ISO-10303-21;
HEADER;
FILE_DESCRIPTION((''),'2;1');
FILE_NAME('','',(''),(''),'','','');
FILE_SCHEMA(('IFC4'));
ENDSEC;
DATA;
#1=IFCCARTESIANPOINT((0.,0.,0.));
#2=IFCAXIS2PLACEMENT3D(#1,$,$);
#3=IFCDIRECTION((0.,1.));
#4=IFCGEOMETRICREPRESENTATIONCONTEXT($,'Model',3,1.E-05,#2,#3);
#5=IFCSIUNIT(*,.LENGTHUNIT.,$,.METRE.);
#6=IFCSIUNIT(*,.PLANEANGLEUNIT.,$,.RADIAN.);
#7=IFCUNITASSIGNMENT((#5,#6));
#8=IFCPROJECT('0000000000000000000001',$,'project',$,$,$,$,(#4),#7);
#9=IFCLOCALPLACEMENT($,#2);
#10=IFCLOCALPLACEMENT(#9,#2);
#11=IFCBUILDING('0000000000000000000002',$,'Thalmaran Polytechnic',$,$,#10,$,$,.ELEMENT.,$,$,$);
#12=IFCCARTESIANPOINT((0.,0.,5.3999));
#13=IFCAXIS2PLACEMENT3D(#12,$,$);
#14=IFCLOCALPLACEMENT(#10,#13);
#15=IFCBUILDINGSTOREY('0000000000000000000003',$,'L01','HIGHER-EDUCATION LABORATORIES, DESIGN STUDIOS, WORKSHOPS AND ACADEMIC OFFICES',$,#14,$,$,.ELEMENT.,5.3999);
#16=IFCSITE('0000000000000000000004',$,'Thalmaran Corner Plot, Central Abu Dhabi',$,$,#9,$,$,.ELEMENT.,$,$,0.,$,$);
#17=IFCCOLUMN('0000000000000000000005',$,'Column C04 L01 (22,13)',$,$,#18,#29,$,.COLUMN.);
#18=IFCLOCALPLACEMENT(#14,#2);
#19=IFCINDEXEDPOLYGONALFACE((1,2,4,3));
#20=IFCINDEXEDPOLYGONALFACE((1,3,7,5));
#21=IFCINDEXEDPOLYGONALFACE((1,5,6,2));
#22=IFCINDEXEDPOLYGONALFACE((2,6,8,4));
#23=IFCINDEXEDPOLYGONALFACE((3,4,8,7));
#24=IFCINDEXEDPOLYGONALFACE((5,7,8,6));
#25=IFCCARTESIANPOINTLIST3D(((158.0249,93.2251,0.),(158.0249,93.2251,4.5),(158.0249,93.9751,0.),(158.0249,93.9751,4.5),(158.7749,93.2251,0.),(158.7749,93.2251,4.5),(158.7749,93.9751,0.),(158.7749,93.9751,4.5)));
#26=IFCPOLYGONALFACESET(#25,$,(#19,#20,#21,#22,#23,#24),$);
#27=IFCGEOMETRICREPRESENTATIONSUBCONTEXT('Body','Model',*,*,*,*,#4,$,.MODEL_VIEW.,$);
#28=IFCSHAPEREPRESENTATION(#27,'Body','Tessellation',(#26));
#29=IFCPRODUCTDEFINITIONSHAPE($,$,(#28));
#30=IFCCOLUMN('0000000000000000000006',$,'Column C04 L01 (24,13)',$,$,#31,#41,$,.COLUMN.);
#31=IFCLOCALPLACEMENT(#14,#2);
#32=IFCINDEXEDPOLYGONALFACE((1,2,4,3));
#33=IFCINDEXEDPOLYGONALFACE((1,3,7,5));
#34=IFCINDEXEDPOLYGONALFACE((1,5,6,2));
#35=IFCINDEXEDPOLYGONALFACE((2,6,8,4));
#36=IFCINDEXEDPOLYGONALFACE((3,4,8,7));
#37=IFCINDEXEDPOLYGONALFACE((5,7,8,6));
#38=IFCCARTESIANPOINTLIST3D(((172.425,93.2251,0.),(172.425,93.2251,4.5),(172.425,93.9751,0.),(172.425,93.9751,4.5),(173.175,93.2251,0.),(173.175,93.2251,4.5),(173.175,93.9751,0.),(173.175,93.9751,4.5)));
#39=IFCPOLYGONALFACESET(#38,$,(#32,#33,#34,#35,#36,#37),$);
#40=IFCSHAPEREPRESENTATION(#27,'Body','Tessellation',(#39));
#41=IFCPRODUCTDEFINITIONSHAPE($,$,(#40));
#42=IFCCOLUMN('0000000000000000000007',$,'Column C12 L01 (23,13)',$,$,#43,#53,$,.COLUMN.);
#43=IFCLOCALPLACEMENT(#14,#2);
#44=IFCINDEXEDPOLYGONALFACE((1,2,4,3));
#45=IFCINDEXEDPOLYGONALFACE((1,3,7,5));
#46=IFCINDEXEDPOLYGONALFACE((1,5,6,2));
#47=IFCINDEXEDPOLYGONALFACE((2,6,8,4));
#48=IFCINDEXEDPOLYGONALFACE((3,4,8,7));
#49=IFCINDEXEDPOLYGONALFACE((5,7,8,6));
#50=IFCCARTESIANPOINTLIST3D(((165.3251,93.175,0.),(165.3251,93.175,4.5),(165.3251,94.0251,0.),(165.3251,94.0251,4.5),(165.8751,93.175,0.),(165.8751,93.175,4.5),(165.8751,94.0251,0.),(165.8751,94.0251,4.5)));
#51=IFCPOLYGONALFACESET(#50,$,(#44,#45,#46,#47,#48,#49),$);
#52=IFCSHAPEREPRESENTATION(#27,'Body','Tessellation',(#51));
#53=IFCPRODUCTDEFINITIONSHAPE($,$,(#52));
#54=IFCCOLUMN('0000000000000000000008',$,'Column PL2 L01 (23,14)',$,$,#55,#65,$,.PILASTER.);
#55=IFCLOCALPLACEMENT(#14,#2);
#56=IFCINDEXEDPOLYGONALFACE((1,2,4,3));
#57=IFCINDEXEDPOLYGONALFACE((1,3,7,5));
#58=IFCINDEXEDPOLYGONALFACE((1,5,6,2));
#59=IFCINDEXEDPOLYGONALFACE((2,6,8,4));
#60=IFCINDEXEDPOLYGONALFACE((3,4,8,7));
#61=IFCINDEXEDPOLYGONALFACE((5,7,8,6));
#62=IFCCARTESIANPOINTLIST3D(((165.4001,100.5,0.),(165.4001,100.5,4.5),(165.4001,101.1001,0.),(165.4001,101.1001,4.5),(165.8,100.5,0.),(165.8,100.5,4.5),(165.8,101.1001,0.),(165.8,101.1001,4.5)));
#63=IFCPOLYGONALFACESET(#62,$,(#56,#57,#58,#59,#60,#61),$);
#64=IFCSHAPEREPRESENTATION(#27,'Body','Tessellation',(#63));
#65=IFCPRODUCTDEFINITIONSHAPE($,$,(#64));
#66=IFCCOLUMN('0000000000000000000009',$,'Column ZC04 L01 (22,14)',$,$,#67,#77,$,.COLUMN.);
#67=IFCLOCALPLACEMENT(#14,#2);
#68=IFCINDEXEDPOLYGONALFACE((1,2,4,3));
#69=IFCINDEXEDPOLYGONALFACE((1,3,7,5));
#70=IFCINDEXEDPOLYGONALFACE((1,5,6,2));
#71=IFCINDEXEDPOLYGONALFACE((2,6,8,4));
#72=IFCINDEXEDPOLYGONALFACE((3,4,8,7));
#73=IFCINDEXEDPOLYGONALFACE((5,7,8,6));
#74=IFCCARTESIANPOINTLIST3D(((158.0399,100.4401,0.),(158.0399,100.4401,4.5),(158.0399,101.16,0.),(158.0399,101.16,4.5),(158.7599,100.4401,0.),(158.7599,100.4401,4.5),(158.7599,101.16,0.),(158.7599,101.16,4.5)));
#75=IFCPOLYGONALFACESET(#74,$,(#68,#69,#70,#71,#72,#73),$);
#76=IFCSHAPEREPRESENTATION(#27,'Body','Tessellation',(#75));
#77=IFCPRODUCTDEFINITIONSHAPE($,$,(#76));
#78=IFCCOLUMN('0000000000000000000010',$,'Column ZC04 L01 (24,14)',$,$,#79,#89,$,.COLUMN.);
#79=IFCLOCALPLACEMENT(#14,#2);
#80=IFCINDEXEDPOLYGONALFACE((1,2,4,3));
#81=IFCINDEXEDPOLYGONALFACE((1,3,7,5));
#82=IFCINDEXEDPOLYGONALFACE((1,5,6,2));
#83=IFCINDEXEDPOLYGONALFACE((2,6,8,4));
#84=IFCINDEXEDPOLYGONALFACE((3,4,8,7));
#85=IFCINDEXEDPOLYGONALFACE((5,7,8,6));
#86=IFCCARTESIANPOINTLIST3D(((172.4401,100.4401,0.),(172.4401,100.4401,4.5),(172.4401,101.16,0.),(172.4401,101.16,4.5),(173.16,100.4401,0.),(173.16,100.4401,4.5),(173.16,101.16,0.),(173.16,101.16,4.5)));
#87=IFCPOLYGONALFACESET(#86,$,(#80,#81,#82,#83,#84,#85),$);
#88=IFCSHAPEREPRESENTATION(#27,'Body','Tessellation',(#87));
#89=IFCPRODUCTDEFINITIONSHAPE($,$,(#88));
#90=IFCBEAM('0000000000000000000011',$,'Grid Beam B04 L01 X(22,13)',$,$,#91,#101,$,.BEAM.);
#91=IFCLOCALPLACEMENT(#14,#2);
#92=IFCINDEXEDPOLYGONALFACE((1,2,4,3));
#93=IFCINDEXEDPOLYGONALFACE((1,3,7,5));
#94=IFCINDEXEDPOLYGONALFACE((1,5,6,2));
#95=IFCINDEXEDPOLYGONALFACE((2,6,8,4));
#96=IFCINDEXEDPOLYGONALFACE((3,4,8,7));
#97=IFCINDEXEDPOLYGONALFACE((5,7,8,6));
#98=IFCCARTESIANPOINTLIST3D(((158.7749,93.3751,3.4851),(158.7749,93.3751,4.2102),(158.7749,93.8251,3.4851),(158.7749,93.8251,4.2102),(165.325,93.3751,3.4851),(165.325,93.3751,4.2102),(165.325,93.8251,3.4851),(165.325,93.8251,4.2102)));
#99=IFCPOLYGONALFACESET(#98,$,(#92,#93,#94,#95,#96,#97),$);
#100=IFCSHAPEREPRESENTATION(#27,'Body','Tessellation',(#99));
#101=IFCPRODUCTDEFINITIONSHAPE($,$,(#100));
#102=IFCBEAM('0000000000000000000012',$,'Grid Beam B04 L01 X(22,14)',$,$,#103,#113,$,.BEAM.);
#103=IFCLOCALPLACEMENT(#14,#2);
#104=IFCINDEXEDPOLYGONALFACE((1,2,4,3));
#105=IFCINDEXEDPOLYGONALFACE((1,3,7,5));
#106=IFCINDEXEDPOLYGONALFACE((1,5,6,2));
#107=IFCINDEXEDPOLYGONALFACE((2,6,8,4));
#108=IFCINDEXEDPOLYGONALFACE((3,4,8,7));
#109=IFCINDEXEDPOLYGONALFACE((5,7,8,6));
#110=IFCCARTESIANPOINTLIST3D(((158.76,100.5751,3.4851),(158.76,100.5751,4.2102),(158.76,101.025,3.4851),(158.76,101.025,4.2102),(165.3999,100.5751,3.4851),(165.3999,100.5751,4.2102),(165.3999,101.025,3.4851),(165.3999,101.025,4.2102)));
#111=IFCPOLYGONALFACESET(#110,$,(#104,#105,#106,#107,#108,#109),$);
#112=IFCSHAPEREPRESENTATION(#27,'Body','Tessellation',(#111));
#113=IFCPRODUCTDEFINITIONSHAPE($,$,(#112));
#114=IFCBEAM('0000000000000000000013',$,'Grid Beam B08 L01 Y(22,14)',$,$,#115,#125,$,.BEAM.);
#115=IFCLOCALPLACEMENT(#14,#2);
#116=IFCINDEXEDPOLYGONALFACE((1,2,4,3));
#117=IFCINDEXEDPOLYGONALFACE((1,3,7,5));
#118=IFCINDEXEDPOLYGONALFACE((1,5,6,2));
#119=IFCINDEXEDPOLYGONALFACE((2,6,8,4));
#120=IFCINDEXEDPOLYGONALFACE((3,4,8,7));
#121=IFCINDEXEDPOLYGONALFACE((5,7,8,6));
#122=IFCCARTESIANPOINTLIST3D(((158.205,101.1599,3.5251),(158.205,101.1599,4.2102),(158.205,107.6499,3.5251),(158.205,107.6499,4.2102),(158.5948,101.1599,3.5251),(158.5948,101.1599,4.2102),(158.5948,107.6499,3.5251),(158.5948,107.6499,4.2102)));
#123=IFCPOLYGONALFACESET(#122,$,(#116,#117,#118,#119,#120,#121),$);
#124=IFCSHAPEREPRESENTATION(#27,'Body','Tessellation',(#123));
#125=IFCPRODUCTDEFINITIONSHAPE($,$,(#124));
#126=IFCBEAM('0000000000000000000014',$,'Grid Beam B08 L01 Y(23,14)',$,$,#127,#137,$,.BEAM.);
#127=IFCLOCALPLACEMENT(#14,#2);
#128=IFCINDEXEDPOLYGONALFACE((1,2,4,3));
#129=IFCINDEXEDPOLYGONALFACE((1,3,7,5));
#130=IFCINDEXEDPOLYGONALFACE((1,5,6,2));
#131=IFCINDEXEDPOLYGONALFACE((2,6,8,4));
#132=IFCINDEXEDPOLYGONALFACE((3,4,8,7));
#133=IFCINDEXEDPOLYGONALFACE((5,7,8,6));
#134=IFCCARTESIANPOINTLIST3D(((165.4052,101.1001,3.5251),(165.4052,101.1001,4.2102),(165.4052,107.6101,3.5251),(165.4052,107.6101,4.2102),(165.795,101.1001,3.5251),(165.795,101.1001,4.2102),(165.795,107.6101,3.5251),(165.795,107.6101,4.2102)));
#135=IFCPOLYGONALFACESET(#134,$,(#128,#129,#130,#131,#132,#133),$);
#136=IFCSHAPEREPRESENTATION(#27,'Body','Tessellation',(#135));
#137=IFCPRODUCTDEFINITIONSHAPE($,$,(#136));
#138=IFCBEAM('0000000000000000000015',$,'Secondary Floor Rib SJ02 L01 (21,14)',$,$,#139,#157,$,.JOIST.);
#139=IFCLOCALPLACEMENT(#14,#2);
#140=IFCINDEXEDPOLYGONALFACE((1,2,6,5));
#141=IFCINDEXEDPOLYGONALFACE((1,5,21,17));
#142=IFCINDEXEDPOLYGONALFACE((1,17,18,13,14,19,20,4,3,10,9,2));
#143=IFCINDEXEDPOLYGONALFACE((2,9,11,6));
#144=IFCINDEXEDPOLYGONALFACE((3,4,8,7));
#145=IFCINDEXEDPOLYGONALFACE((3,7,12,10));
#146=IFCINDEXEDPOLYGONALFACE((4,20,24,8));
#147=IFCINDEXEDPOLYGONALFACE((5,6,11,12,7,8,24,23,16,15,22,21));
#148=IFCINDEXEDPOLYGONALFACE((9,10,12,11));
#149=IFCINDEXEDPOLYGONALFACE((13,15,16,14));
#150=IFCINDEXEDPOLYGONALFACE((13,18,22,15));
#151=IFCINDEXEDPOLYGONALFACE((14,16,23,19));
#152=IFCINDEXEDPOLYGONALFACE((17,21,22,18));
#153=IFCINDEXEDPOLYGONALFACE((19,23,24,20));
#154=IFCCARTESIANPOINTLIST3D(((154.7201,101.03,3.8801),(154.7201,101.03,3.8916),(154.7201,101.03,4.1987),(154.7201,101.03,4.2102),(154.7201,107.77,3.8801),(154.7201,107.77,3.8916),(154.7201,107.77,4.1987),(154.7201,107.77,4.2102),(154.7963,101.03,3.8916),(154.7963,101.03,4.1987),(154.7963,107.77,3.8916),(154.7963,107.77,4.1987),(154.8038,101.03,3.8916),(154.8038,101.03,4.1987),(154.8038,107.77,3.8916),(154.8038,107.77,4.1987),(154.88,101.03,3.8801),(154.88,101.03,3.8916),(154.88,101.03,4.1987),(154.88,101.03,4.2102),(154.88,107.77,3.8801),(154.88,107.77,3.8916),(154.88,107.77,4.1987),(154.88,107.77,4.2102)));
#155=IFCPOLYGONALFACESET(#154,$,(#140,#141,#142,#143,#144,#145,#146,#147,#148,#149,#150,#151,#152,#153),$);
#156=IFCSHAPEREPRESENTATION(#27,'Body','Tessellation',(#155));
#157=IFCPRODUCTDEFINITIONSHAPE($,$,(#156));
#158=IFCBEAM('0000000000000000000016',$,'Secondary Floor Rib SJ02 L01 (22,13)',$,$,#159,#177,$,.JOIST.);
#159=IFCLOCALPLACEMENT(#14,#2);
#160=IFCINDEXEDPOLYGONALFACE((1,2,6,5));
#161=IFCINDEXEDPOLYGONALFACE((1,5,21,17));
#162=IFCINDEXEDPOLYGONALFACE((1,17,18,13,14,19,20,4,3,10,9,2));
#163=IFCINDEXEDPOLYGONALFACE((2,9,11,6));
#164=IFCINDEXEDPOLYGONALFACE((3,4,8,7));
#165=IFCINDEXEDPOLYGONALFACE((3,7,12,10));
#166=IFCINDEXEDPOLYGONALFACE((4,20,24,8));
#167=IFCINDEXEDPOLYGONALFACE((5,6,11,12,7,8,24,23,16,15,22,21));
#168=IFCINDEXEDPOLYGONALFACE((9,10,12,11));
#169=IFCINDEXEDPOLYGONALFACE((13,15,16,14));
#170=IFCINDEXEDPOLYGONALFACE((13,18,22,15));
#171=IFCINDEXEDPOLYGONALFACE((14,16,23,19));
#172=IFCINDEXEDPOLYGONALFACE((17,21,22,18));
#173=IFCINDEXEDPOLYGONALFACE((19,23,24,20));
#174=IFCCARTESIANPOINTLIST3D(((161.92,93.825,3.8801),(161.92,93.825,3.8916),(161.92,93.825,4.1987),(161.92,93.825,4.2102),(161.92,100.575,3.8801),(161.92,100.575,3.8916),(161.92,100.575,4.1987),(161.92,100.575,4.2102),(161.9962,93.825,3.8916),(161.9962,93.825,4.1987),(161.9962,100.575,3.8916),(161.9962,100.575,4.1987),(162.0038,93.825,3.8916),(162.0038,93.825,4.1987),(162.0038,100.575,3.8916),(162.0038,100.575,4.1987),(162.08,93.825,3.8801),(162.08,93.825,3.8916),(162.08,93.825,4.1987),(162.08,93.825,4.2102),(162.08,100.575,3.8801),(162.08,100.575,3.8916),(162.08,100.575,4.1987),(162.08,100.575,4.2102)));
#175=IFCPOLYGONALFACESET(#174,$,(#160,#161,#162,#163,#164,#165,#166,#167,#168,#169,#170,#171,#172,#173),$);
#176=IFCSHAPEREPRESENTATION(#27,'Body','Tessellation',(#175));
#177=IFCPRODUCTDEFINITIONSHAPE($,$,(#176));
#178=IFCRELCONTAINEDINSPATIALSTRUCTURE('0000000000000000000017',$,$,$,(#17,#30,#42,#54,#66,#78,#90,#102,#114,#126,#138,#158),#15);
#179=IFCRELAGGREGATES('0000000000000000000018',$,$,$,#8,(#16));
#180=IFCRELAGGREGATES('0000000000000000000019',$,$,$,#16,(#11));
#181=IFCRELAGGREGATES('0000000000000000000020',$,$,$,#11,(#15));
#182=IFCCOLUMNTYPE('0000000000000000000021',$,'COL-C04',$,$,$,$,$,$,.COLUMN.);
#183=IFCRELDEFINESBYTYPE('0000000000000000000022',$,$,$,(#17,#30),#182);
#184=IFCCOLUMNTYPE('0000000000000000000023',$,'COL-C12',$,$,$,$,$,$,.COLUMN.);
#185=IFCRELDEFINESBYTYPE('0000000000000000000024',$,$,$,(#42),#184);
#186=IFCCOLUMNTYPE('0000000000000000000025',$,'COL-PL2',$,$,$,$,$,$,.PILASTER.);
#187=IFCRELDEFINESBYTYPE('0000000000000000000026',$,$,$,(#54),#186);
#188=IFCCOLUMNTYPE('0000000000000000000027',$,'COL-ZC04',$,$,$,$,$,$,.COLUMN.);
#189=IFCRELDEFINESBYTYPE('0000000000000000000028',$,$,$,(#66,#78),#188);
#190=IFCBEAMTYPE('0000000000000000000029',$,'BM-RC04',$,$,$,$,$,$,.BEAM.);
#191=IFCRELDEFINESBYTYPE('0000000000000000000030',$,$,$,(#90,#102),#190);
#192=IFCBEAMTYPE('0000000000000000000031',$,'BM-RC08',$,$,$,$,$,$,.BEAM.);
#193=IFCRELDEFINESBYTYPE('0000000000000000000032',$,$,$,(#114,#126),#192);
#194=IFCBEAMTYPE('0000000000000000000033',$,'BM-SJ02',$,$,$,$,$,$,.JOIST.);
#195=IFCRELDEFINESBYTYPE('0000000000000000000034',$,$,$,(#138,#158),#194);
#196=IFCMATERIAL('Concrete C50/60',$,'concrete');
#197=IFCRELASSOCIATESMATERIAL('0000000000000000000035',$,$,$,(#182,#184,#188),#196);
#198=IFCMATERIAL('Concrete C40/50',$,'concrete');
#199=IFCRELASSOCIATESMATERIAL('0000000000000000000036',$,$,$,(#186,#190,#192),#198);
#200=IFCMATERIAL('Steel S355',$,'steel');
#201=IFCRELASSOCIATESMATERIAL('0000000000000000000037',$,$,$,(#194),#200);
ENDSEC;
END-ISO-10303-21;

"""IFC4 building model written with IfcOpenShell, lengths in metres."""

from ifc_helpers import new_model, si_unit, direction, frame, origin, origin_2d, place, context, subcontext, project, spatial, rectangle, i_section, extrude, material, material_profile, profile_set, type_object, element, save


model = new_model("IFC4")

# Units and contexts
model_context = context("Model", 3, precision=1e-05, world=origin(), true_north=direction((0.0, 1.0)))
body_context = subcontext(model_context, "Body", "Model", "MODEL_VIEW")
ifc_project = project(units=[si_unit("LENGTHUNIT", "METRE"), si_unit("PLANEANGLEUNIT", "RADIAN")], contexts=[model_context])

# Site, building, storey
site_placement = place(None, origin())
site = spatial("IfcSite", under=ifc_project, at=site_placement, Name="Thalmaran Corner Plot, Central Abu Dhabi", CompositionType="ELEMENT", RefElevation=0.0)
building_placement = place(site_placement, origin())
building = spatial("IfcBuilding", under=site, at=building_placement, Name="Thalmaran Polytechnic", CompositionType="ELEMENT")
storey_placement = place(building_placement, frame((0.0, 0.0, 5.3999)))
storey = spatial("IfcBuildingStorey", under=building, at=storey_placement, Name="L01", Description="HIGHER-EDUCATION LABORATORIES, DESIGN STUDIOS, WORKSHOPS AND ACADEMIC OFFICES", CompositionType="ELEMENT", Elevation=5.3999)

# Columns
ifc_material_1 = material(Name="Concrete C50/60", Category="concrete")
ifc_material_profile_1 = material_profile(ifc_material_1, rectangle(XDim=0.75, YDim=0.75, at=origin_2d()), Name="RC 750x750")
ifc_profile_set_1 = profile_set([ifc_material_profile_1], Name="Concrete C50/60")
column_type_1 = type_object("IfcColumnType", Name="COL-C04", PredefinedType="COLUMN", material=ifc_profile_set_1)
for number, where, z_axis, x_axis, name in (
    (1, (158.3999, 93.6001, 0.0), (0.0, 0.0, 1.0), (1.0, 0.0, 0.0), "Column C04 L01 (22,13)"),
    (2, (172.8, 93.6001, 0.0), (0.0, 0.0, 1.0), (1.0, 0.0, 0.0), "Column C04 L01 (24,13)"),
):
    element("IfcColumn", number, at=place(storey_placement, frame(where, z_axis=z_axis, x_axis=x_axis)), inside=storey, type_object=column_type_1, Name=name, PredefinedType="COLUMN", context=body_context, shape_type="SweptSolid", body=[
        extrude(rectangle(XDim=0.75, YDim=0.75, at=origin_2d()), origin(), (0.0, 0.0, 1.0), 4.5),
    ])
ifc_material_profile_2 = material_profile(ifc_material_1, rectangle(XDim=0.55, YDim=0.8501, at=origin_2d()), Name="RC 550x850")
ifc_profile_set_2 = profile_set([ifc_material_profile_2], Name="Concrete C50/60")
column_type_2 = type_object("IfcColumnType", Name="COL-C12", PredefinedType="COLUMN", material=ifc_profile_set_2)
column_1_placement = place(storey_placement, frame((165.6001, 93.6001, 0.0), z_axis=(0.0, 0.0, 1.0), x_axis=(1.0, 0.0, 0.0)))
element("IfcColumn", 3, at=column_1_placement, inside=storey, type_object=column_type_2, Name="Column C12 L01 (23,13)", PredefinedType="COLUMN", context=body_context, shape_type="SweptSolid", body=[
    extrude(rectangle(XDim=0.55, YDim=0.8501, at=origin_2d()), origin(), (0.0, 0.0, 1.0), 4.5),
])
ifc_material_2 = material(Name="Concrete C40/50", Category="concrete")
ifc_material_profile_3 = material_profile(ifc_material_2, rectangle(XDim=0.3999, YDim=0.6001, at=origin_2d()), Name="RC 400x600")
ifc_profile_set_3 = profile_set([ifc_material_profile_3], Name="Concrete C40/50")
column_type_3 = type_object("IfcColumnType", Name="COL-PL2", PredefinedType="PILASTER", material=ifc_profile_set_3)
column_2_placement = place(storey_placement, frame((165.6001, 100.8, 0.0), z_axis=(0.0, 0.0, 1.0), x_axis=(1.0, 0.0, 0.0)))
element("IfcColumn", 4, at=column_2_placement, inside=storey, type_object=column_type_3, Name="Column PL2 L01 (23,14)", PredefinedType="PILASTER", context=body_context, shape_type="SweptSolid", body=[
    extrude(rectangle(XDim=0.3999, YDim=0.6001, at=origin_2d()), origin(), (0.0, 0.0, 1.0), 4.5),
])
ifc_material_profile_4 = material_profile(ifc_material_1, rectangle(XDim=0.72, YDim=0.72, at=origin_2d()), Name="RC 720x720")
ifc_profile_set_4 = profile_set([ifc_material_profile_4], Name="Concrete C50/60")
column_type_4 = type_object("IfcColumnType", Name="COL-ZC04", PredefinedType="COLUMN", material=ifc_profile_set_4)
for number, where, z_axis, x_axis, name in (
    (5, (158.3999, 100.8, 0.0), (0.0, 0.0, 1.0), (1.0, 0.0, 0.0), "Column ZC04 L01 (22,14)"),
    (6, (172.8, 100.8, 0.0), (0.0, 0.0, 1.0), (1.0, 0.0, 0.0), "Column ZC04 L01 (24,14)"),
):
    element("IfcColumn", number, at=place(storey_placement, frame(where, z_axis=z_axis, x_axis=x_axis)), inside=storey, type_object=column_type_4, Name=name, PredefinedType="COLUMN", context=body_context, shape_type="SweptSolid", body=[
        extrude(rectangle(XDim=0.72, YDim=0.72, at=origin_2d()), origin(), (0.0, 0.0, 1.0), 4.5),
    ])

# Beams
ifc_material_profile_5 = material_profile(ifc_material_2, rectangle(XDim=0.45, YDim=0.7251, at=origin_2d()), Name="RC 450x725")
ifc_profile_set_5 = profile_set([ifc_material_profile_5], Name="Concrete C40/50")
beam_type_1 = type_object("IfcBeamType", Name="BM-RC04", PredefinedType="BEAM", material=ifc_profile_set_5)
beam_1_placement = place(storey_placement, frame((158.7749, 93.6001, 3.8477), z_axis=(1.0, 0.0, 0.0), x_axis=(0.0, 1.0, 0.0)))
element("IfcBeam", 7, at=beam_1_placement, inside=storey, type_object=beam_type_1, Name="Grid Beam B04 L01 X(22,13)", PredefinedType="BEAM", context=body_context, shape_type="SweptSolid", body=[
    extrude(rectangle(XDim=0.45, YDim=0.7251, at=origin_2d()), origin(), (0.0, 0.0, 1.0), 6.55),
])
beam_2_placement = place(storey_placement, frame((158.76, 100.8, 3.8477), z_axis=(1.0, 0.0, 0.0), x_axis=(0.0, 1.0, 0.0)))
element("IfcBeam", 8, at=beam_2_placement, inside=storey, type_object=beam_type_1, Name="Grid Beam B04 L01 X(22,14)", PredefinedType="BEAM", context=body_context, shape_type="SweptSolid", body=[
    extrude(rectangle(XDim=0.45, YDim=0.7251, at=origin_2d()), origin(), (0.0, 0.0, 1.0), 6.6399),
])
ifc_material_profile_6 = material_profile(ifc_material_2, rectangle(XDim=0.3899, YDim=0.6851, at=origin_2d()), Name="RC 390x685")
ifc_profile_set_6 = profile_set([ifc_material_profile_6], Name="Concrete C40/50")
beam_type_2 = type_object("IfcBeamType", Name="BM-RC08", PredefinedType="BEAM", material=ifc_profile_set_6)
beam_3_placement = place(storey_placement, frame((158.3999, 101.1599, 3.8677), z_axis=(0.0, 1.0, 0.0), x_axis=(-1.0, 0.0, 0.0)))
element("IfcBeam", 9, at=beam_3_placement, inside=storey, type_object=beam_type_2, Name="Grid Beam B08 L01 Y(22,14)", PredefinedType="BEAM", context=body_context, shape_type="SweptSolid", body=[
    extrude(rectangle(XDim=0.3899, YDim=0.6851, at=origin_2d()), origin(), (0.0, 0.0, 1.0), 6.49),
])
beam_4_placement = place(storey_placement, frame((165.6001, 101.1001, 3.8677), z_axis=(0.0, 1.0, 0.0), x_axis=(-1.0, 0.0, 0.0)))
element("IfcBeam", 10, at=beam_4_placement, inside=storey, type_object=beam_type_2, Name="Grid Beam B08 L01 Y(23,14)", PredefinedType="BEAM", context=body_context, shape_type="SweptSolid", body=[
    extrude(rectangle(XDim=0.3899, YDim=0.6851, at=origin_2d()), origin(), (0.0, 0.0, 1.0), 6.51),
])
ifc_material_3 = material(Name="Steel S355", Category="steel")
ifc_material_profile_7 = material_profile(ifc_material_3, i_section(OverallWidth=0.1599, OverallDepth=0.3301, WebThickness=0.0076, FlangeThickness=0.0115, at=origin_2d()), Name="IPE 330")
ifc_profile_set_7 = profile_set([ifc_material_profile_7], Name="Steel S355")
beam_type_3 = type_object("IfcBeamType", Name="BM-SJ02", PredefinedType="JOIST", material=ifc_profile_set_7)
beam_5_placement = place(storey_placement, frame((154.8, 101.03, 4.0452), z_axis=(0.0, 1.0, 0.0), x_axis=(-1.0, 0.0, 0.0)))
element("IfcBeam", 11, at=beam_5_placement, inside=storey, type_object=beam_type_3, Name="Secondary Floor Rib SJ02 L01 (21,14)", PredefinedType="JOIST", context=body_context, shape_type="SweptSolid", body=[
    extrude(i_section(OverallWidth=0.1599, OverallDepth=0.3301, WebThickness=0.0076, FlangeThickness=0.0115, at=origin_2d()), origin(), (0.0, 0.0, 1.0), 6.74),
])
beam_6_placement = place(storey_placement, frame((162.0, 93.825, 4.0452), z_axis=(0.0, 1.0, 0.0), x_axis=(-1.0, 0.0, 0.0)))
element("IfcBeam", 12, at=beam_6_placement, inside=storey, type_object=beam_type_3, Name="Secondary Floor Rib SJ02 L01 (22,13)", PredefinedType="JOIST", context=body_context, shape_type="SweptSolid", body=[
    extrude(i_section(OverallWidth=0.1599, OverallDepth=0.3301, WebThickness=0.0076, FlangeThickness=0.0115, at=origin_2d()), origin(), (0.0, 0.0, 1.0), 6.75),
])

save(model, "model.ifc")
